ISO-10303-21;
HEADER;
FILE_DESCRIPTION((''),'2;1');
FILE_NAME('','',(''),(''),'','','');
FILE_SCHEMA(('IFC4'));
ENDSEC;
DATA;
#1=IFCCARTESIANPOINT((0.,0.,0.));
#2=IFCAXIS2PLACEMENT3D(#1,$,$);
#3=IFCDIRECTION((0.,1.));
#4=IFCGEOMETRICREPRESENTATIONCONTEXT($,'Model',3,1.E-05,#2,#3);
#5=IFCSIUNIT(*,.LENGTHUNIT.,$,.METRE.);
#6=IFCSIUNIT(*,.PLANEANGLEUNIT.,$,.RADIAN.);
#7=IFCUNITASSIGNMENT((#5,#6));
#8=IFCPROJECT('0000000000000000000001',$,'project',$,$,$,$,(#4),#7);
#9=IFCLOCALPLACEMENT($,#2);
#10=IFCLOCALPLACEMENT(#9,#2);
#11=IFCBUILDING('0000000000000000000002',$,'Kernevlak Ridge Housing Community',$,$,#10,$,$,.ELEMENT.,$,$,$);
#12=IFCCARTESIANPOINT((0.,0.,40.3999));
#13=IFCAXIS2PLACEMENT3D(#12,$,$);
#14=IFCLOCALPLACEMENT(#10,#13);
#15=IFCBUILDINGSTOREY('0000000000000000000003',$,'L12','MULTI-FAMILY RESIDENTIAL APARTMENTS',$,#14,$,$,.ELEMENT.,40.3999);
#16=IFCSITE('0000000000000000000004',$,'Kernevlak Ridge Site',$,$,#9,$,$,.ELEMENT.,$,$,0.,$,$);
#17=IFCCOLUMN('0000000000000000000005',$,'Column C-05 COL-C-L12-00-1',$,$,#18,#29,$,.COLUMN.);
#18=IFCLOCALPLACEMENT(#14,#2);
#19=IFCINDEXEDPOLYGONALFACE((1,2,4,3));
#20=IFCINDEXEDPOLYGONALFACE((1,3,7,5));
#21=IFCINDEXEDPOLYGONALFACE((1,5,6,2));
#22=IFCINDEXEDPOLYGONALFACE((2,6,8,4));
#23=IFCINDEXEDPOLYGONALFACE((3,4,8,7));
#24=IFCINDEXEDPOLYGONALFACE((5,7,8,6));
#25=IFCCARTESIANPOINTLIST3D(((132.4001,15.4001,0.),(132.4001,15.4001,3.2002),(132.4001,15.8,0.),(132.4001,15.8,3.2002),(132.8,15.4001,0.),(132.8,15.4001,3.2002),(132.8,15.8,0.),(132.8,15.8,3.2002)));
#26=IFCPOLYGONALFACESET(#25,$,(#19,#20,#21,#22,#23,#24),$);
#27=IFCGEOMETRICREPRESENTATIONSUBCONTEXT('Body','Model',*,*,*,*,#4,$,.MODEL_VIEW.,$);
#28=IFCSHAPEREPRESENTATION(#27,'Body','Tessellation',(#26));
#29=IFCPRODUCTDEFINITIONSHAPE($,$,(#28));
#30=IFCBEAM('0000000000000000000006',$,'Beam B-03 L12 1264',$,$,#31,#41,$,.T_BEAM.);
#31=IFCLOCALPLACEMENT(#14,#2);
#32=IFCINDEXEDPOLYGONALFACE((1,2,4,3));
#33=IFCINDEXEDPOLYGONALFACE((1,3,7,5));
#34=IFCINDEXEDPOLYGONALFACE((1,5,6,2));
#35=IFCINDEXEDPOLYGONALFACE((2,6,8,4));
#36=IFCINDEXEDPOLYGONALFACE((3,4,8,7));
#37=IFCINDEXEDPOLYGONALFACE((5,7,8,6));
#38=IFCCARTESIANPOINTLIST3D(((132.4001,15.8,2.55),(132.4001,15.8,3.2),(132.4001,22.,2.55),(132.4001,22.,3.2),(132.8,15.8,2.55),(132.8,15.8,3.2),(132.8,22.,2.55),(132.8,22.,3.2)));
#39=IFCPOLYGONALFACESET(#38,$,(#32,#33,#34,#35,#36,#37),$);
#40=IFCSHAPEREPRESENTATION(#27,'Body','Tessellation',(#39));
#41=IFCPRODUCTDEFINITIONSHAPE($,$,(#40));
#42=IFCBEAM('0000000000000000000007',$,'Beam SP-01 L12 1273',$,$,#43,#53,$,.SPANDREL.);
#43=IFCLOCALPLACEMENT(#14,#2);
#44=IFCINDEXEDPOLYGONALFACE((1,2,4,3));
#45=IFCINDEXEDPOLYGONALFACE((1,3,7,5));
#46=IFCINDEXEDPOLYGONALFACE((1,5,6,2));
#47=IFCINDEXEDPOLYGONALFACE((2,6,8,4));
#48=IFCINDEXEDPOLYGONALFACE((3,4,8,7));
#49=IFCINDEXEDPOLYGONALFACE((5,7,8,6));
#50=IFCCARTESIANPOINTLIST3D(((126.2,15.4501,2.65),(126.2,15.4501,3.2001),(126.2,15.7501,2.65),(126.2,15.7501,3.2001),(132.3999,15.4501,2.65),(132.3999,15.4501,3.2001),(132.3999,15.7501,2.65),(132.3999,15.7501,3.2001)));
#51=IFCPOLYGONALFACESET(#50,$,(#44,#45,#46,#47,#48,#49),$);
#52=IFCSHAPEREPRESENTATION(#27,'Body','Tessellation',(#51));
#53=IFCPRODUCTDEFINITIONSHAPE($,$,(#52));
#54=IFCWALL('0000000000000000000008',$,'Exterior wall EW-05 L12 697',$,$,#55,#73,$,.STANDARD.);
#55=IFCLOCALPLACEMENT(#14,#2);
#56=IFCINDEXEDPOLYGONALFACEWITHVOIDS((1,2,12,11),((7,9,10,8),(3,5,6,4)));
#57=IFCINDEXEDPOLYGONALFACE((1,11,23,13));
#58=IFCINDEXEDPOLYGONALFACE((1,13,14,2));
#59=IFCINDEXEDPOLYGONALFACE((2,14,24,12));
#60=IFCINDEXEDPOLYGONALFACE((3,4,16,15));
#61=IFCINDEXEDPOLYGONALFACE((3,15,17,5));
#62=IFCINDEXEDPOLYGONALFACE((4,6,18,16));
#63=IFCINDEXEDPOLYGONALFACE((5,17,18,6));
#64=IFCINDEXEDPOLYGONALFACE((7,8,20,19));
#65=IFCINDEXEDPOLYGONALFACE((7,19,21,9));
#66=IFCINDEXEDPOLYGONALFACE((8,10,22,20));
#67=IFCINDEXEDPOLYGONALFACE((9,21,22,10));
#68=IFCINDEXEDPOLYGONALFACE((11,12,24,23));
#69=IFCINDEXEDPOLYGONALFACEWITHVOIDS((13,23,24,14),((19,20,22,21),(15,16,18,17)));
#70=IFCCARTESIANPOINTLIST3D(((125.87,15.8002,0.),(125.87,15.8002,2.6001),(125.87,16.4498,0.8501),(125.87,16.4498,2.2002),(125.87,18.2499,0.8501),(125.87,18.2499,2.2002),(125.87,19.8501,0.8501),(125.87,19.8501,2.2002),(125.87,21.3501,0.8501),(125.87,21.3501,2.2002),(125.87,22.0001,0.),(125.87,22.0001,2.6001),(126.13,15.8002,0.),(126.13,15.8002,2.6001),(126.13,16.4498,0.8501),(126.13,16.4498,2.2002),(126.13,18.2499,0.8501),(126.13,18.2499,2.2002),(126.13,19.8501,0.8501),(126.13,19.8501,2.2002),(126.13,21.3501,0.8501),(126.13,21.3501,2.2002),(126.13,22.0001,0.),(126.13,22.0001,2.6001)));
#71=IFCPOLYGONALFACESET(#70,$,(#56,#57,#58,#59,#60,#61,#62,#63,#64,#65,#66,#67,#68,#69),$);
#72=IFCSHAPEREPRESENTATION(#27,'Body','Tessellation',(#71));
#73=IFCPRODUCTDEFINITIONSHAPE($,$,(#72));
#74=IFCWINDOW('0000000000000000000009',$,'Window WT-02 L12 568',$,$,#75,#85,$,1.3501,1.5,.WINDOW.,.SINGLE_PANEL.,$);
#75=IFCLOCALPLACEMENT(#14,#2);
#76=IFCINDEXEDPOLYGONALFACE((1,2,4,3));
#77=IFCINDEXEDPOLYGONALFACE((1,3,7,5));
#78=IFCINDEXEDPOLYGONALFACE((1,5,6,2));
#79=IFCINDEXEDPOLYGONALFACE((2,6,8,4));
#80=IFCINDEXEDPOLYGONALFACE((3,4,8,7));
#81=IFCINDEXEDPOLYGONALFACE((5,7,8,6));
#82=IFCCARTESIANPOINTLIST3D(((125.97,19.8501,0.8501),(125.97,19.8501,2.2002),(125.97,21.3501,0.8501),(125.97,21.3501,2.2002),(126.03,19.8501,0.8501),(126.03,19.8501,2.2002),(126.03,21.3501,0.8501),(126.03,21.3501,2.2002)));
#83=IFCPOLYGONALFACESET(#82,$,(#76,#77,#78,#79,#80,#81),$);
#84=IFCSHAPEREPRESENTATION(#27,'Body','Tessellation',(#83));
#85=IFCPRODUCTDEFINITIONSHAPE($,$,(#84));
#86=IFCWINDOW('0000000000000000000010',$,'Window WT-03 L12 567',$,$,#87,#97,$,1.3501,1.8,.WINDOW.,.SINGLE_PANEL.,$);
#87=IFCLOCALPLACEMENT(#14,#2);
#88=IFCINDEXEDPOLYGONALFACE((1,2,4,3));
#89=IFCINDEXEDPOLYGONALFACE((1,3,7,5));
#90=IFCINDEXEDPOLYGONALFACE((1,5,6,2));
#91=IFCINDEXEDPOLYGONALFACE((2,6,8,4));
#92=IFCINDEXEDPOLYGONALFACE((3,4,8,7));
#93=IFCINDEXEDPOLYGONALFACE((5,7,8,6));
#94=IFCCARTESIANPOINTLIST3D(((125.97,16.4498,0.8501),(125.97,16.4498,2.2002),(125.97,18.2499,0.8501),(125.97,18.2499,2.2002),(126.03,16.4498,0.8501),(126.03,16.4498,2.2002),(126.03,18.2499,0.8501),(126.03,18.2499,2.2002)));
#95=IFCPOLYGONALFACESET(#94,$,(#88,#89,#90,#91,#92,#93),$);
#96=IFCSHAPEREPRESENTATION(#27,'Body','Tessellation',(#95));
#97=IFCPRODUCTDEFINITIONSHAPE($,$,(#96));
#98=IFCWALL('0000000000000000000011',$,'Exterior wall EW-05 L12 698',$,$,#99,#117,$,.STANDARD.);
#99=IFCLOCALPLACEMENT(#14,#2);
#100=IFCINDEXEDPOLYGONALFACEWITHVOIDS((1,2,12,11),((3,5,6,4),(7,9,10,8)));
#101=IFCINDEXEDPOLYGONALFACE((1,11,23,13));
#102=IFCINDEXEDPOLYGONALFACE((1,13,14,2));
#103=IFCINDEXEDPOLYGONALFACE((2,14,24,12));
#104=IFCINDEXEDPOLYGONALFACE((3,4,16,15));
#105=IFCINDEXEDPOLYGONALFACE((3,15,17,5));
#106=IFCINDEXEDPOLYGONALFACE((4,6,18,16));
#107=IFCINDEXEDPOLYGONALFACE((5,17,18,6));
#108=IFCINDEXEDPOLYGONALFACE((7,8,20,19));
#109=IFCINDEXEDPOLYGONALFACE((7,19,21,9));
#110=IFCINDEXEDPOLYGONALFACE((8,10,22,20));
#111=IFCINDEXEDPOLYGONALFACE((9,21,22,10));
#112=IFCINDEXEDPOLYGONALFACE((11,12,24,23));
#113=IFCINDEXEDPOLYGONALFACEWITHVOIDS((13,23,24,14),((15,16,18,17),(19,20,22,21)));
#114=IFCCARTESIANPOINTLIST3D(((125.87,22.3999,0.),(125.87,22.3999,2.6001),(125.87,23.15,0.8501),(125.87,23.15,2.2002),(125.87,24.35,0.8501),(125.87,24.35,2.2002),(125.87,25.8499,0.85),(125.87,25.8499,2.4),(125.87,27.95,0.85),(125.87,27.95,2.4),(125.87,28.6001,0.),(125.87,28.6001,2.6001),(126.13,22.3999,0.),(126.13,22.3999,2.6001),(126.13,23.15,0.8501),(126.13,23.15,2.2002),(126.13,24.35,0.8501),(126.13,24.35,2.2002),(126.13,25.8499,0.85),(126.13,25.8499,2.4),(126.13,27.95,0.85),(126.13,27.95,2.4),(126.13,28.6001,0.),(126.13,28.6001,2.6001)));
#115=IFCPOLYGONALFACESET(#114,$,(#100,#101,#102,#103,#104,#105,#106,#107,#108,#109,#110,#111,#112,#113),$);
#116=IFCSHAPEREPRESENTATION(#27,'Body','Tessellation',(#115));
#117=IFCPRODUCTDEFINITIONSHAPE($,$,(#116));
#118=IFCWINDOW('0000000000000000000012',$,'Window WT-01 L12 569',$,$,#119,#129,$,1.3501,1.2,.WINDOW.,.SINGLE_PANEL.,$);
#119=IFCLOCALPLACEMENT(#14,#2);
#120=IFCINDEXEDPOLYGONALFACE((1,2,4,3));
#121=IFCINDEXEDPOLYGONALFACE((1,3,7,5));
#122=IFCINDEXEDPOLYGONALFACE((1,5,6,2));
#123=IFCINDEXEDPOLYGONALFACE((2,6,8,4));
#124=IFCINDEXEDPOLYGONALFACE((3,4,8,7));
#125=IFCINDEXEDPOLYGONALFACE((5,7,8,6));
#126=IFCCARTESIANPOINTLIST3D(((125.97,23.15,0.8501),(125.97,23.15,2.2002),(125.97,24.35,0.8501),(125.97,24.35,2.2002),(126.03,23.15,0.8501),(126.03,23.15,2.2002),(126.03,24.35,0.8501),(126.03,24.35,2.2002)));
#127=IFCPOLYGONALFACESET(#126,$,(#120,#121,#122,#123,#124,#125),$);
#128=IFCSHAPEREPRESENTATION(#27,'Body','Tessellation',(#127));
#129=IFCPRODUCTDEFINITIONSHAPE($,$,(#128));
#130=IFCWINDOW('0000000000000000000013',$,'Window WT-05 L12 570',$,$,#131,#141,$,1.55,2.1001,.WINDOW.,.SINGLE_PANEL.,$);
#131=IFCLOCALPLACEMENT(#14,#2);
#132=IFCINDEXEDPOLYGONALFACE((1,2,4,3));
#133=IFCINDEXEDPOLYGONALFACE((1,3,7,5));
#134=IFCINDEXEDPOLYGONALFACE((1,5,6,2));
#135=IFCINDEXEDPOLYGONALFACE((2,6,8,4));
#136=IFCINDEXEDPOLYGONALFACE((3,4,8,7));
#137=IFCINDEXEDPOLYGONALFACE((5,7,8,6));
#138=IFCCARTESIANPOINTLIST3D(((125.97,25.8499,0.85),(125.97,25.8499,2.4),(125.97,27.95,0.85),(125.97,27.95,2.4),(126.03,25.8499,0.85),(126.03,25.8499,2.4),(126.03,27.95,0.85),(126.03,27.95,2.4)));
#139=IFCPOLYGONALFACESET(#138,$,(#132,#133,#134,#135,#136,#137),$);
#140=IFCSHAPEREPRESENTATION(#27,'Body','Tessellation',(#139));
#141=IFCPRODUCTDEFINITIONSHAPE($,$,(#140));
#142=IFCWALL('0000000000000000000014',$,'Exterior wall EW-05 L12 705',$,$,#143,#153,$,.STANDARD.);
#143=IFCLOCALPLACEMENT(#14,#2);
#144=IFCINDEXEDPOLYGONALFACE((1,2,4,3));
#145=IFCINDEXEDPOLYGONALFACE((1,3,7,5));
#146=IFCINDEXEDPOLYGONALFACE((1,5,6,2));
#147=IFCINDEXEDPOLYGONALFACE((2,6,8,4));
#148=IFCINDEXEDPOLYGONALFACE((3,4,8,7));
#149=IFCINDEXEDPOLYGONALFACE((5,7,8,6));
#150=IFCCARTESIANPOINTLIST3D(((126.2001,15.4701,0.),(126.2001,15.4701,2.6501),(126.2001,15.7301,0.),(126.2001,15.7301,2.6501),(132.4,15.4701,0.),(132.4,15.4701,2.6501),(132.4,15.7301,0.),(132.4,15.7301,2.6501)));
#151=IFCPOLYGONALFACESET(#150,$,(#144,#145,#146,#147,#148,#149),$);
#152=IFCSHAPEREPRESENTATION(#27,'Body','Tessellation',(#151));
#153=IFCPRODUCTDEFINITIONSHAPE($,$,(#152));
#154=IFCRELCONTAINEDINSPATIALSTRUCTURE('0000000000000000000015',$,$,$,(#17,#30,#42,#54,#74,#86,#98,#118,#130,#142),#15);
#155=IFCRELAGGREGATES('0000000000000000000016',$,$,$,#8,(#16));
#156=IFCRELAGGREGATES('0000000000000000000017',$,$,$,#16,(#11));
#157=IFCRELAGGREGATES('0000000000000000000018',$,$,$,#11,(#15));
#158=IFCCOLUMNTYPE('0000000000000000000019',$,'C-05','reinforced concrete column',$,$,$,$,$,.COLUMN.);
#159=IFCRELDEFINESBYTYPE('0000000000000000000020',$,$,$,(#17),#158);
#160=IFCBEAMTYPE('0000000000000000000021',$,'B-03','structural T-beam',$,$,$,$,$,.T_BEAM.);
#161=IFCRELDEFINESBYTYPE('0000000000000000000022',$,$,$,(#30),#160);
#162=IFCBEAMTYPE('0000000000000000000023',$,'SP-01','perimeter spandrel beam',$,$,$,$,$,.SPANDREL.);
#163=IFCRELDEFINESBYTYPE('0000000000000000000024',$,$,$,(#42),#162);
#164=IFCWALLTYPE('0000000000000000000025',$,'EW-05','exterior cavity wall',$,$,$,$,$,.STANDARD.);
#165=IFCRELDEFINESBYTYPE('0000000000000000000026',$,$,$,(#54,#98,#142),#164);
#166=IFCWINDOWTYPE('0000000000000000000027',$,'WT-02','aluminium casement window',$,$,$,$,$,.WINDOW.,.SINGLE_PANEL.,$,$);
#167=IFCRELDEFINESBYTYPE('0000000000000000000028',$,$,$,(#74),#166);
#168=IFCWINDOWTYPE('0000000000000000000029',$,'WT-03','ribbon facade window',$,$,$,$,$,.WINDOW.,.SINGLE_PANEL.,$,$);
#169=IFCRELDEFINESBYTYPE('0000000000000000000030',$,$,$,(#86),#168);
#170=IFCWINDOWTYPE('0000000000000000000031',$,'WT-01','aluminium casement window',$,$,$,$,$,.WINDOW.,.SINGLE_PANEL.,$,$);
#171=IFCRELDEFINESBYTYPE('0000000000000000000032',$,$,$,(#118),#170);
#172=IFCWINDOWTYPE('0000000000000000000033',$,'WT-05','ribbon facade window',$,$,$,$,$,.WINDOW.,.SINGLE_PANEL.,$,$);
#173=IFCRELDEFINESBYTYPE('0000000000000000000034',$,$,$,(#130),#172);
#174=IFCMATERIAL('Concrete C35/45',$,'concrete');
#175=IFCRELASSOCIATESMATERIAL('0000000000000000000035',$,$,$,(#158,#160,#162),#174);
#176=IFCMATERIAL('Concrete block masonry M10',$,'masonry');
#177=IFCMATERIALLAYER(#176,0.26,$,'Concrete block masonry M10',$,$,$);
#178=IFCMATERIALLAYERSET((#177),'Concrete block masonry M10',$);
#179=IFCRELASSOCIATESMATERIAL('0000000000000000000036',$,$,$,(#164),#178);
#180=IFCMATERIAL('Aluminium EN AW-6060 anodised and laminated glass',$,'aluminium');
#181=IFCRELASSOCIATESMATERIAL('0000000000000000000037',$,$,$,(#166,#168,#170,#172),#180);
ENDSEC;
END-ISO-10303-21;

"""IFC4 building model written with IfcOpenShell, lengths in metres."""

from ifc_helpers import new_model, si_unit, direction, frame, frame_2d, origin, origin_2d, place, context, subcontext, project, spatial, rectangle, extrude, material, layer, layer_set, material_profile, profile_set, type_object, element, fill, save


model = new_model("IFC4")

# Units and contexts
model_context = context("Model", 3, precision=1e-05, world=origin(), true_north=direction((0.0, 1.0)))
body_context = subcontext(model_context, "Body", "Model", "MODEL_VIEW")
ifc_project = project(units=[si_unit("LENGTHUNIT", "METRE"), si_unit("PLANEANGLEUNIT", "RADIAN")], contexts=[model_context])

# Site, building, storey
site_placement = place(None, origin())
site = spatial("IfcSite", under=ifc_project, at=site_placement, Name="Kernevlak Ridge Site", CompositionType="ELEMENT", RefElevation=0.0)
building_placement = place(site_placement, origin())
building = spatial("IfcBuilding", under=site, at=building_placement, Name="Kernevlak Ridge Housing Community", CompositionType="ELEMENT")
storey_placement = place(building_placement, frame((0.0, 0.0, 40.3999)))
storey = spatial("IfcBuildingStorey", under=building, at=storey_placement, Name="L12", Description="MULTI-FAMILY RESIDENTIAL APARTMENTS", CompositionType="ELEMENT", Elevation=40.3999)

# Column
ifc_material_1 = material(Name="Concrete C35/45", Category="concrete")
ifc_material_profile_1 = material_profile(ifc_material_1, rectangle(XDim=0.3999, YDim=0.3999, at=origin_2d()), Name="RC 400x400")
ifc_profile_set_1 = profile_set([ifc_material_profile_1], Name="Concrete C35/45")
column_type = type_object("IfcColumnType", Name="C-05", Description="reinforced concrete column", PredefinedType="COLUMN", material=ifc_profile_set_1)
column_placement = place(storey_placement, frame((132.6001, 15.6001, 0.0), z_axis=(0.0, 0.0, 1.0), x_axis=(1.0, 0.0, 0.0)))
element("IfcColumn", 1, at=column_placement, inside=storey, type_object=column_type, Name="Column C-05 COL-C-L12-00-1", PredefinedType="COLUMN", context=body_context, shape_type="SweptSolid", body=[
    extrude(rectangle(XDim=0.3999, YDim=0.3999, at=origin_2d()), origin(), (0.0, 0.0, 1.0), 3.2002),
])

# Beams
ifc_material_profile_2 = material_profile(ifc_material_1, rectangle(XDim=0.3999, YDim=0.6499, at=origin_2d()), Name="RC 400x650")
ifc_profile_set_2 = profile_set([ifc_material_profile_2], Name="Concrete C35/45")
beam_type_1 = type_object("IfcBeamType", Name="B-03", Description="structural T-beam", PredefinedType="T_BEAM", material=ifc_profile_set_2)
beam_1_placement = place(storey_placement, frame((132.6001, 15.8, 2.875), z_axis=(0.0, 1.0, 0.0), x_axis=(-1.0, 0.0, 0.0)))
element("IfcBeam", 2, at=beam_1_placement, inside=storey, type_object=beam_type_1, Name="Beam B-03 L12 1264", PredefinedType="T_BEAM", context=body_context, shape_type="SweptSolid", body=[
    extrude(rectangle(XDim=0.3999, YDim=0.6499, at=origin_2d()), origin(), (0.0, 0.0, 1.0), 6.2),
])
ifc_material_profile_3 = material_profile(ifc_material_1, rectangle(XDim=0.3, YDim=0.55, at=origin_2d()), Name="RC 300x550")
ifc_profile_set_3 = profile_set([ifc_material_profile_3], Name="Concrete C35/45")
beam_type_2 = type_object("IfcBeamType", Name="SP-01", Description="perimeter spandrel beam", PredefinedType="SPANDREL", material=ifc_profile_set_3)
beam_2_placement = place(storey_placement, frame((126.2, 15.6001, 2.925), z_axis=(1.0, 0.0, 0.0), x_axis=(0.0, 1.0, 0.0)))
element("IfcBeam", 3, at=beam_2_placement, inside=storey, type_object=beam_type_2, Name="Beam SP-01 L12 1273", PredefinedType="SPANDREL", context=body_context, shape_type="SweptSolid", body=[
    extrude(rectangle(XDim=0.3, YDim=0.55, at=origin_2d()), origin(), (0.0, 0.0, 1.0), 6.2),
])

# Walls, openings, windows
ifc_material_2 = material(Name="Concrete block masonry M10", Category="masonry")
ifc_layer_1 = layer(ifc_material_2, 0.26, Name="Concrete block masonry M10")
ifc_layer_set_1 = layer_set([ifc_layer_1], Name="Concrete block masonry M10")
wall_type_1 = type_object("IfcWallType", Name="EW-05", Description="exterior cavity wall", PredefinedType="STANDARD", material=ifc_layer_set_1)
wall_1_placement = place(storey_placement, frame((126.0, 15.8, 0.0), z_axis=(0.0, 0.0, 1.0), x_axis=(0.0, 1.0, 0.0)))
wall_1 = element("IfcWall", 4, at=wall_1_placement, inside=storey, type_object=wall_type_1, Name="Exterior wall EW-05 L12 697", PredefinedType="STANDARD", context=body_context, shape_type="SweptSolid", body=[
    extrude(rectangle(XDim=6.2, YDim=0.26, at=frame_2d((3.1001, 0.0))), origin(), (0.0, 0.0, 1.0), 2.6001),
])
opening_1_placement = place(wall_1_placement, frame((0.6499, 0.0, 0.8501)))
opening_1 = element("IfcOpeningElement", 5, at=opening_1_placement, cuts=wall_1, PredefinedType="OPENING", context=body_context, shape_type="SweptSolid", body=[
    extrude(rectangle(XDim=1.8, YDim=1.3501, at=frame_2d((0.8999, 0.675))), frame((0.0, 0.1399, 0.0), z_axis=(0.0, -1.0, 0.0), x_axis=(1.0, 0.0, 0.0)), (0.0, 0.0, 1.0), 0.28),
])
opening_2_placement = place(wall_1_placement, frame((4.05, 0.0, 0.8501)))
opening_2 = element("IfcOpeningElement", 6, at=opening_2_placement, cuts=wall_1, PredefinedType="OPENING", context=body_context, shape_type="SweptSolid", body=[
    extrude(rectangle(XDim=1.5, YDim=1.3501, at=frame_2d((0.75, 0.675))), frame((0.0, 0.1399, 0.0), z_axis=(0.0, -1.0, 0.0), x_axis=(1.0, 0.0, 0.0)), (0.0, 0.0, 1.0), 0.28),
])
ifc_material_3 = material(Name="Aluminium EN AW-6060 anodised and laminated glass", Category="aluminium")
window_type_1 = type_object("IfcWindowType", Name="WT-02", Description="aluminium casement window", PartitioningType="SINGLE_PANEL", PredefinedType="WINDOW", material=ifc_material_3)
window_1_placement = place(opening_2_placement, origin())
window_1 = element("IfcWindow", 7, at=window_1_placement, inside=storey, type_object=window_type_1, Name="Window WT-02 L12 568", OverallHeight=1.3501, OverallWidth=1.5, PartitioningType="SINGLE_PANEL", PredefinedType="WINDOW", context=body_context, shape_type="SweptSolid", body=[
    extrude(rectangle(XDim=1.5, YDim=1.3501, at=frame_2d((0.75, 0.675))), frame((0.0, 0.03, 0.0), z_axis=(0.0, -1.0, 0.0), x_axis=(1.0, 0.0, 0.0)), (0.0, 0.0, 1.0), 0.0601),
])
fill(opening_2, window_1)
window_type_2 = type_object("IfcWindowType", Name="WT-03", Description="ribbon facade window", PartitioningType="SINGLE_PANEL", PredefinedType="WINDOW", material=ifc_material_3)
window_2_placement = place(opening_1_placement, origin())
window_2 = element("IfcWindow", 8, at=window_2_placement, inside=storey, type_object=window_type_2, Name="Window WT-03 L12 567", OverallHeight=1.3501, OverallWidth=1.8, PartitioningType="SINGLE_PANEL", PredefinedType="WINDOW", context=body_context, shape_type="SweptSolid", body=[
    extrude(rectangle(XDim=1.8, YDim=1.3501, at=frame_2d((0.8999, 0.675))), frame((0.0, 0.03, 0.0), z_axis=(0.0, -1.0, 0.0), x_axis=(1.0, 0.0, 0.0)), (0.0, 0.0, 1.0), 0.0601),
])
fill(opening_1, window_2)
wall_2_placement = place(storey_placement, frame((126.0, 22.3999, 0.0), z_axis=(0.0, 0.0, 1.0), x_axis=(0.0, 1.0, 0.0)))
wall_2 = element("IfcWall", 9, at=wall_2_placement, inside=storey, type_object=wall_type_1, Name="Exterior wall EW-05 L12 698", PredefinedType="STANDARD", context=body_context, shape_type="SweptSolid", body=[
    extrude(rectangle(XDim=6.2002, YDim=0.26, at=frame_2d((3.1001, 0.0))), origin(), (0.0, 0.0, 1.0), 2.6001),
])
opening_3_placement = place(wall_2_placement, frame((0.75, 0.0, 0.8501)))
opening_3 = element("IfcOpeningElement", 10, at=opening_3_placement, cuts=wall_2, PredefinedType="OPENING", context=body_context, shape_type="SweptSolid", body=[
    extrude(rectangle(XDim=1.2, YDim=1.3501, at=frame_2d((0.6001, 0.675))), frame((0.0, 0.1399, 0.0), z_axis=(0.0, -1.0, 0.0), x_axis=(1.0, 0.0, 0.0)), (0.0, 0.0, 1.0), 0.28),
])
opening_4_placement = place(wall_2_placement, frame((3.45, 0.0, 0.8501)))
opening_4 = element("IfcOpeningElement", 11, at=opening_4_placement, cuts=wall_2, PredefinedType="OPENING", context=body_context, shape_type="SweptSolid", body=[
    extrude(rectangle(XDim=2.1001, YDim=1.55, at=frame_2d((1.05, 0.7749))), frame((0.0, 0.1399, 0.0), z_axis=(0.0, -1.0, 0.0), x_axis=(1.0, 0.0, 0.0)), (0.0, 0.0, 1.0), 0.28),
])
window_type_3 = type_object("IfcWindowType", Name="WT-01", Description="aluminium casement window", PartitioningType="SINGLE_PANEL", PredefinedType="WINDOW", material=ifc_material_3)
window_3_placement = place(opening_3_placement, origin())
window_3 = element("IfcWindow", 12, at=window_3_placement, inside=storey, type_object=window_type_3, Name="Window WT-01 L12 569", OverallHeight=1.3501, OverallWidth=1.2, PartitioningType="SINGLE_PANEL", PredefinedType="WINDOW", context=body_context, shape_type="SweptSolid", body=[
    extrude(rectangle(XDim=1.2, YDim=1.3501, at=frame_2d((0.6001, 0.675))), frame((0.0, 0.03, 0.0), z_axis=(0.0, -1.0, 0.0), x_axis=(1.0, 0.0, 0.0)), (0.0, 0.0, 1.0), 0.0601),
])
fill(opening_3, window_3)
window_type_4 = type_object("IfcWindowType", Name="WT-05", Description="ribbon facade window", PartitioningType="SINGLE_PANEL", PredefinedType="WINDOW", material=ifc_material_3)
window_4_placement = place(opening_4_placement, origin())
window_4 = element("IfcWindow", 13, at=window_4_placement, inside=storey, type_object=window_type_4, Name="Window WT-05 L12 570", OverallHeight=1.55, OverallWidth=2.1001, PartitioningType="SINGLE_PANEL", PredefinedType="WINDOW", context=body_context, shape_type="SweptSolid", body=[
    extrude(rectangle(XDim=2.1001, YDim=1.55, at=frame_2d((1.05, 0.7749))), frame((0.0, 0.03, 0.0), z_axis=(0.0, -1.0, 0.0), x_axis=(1.0, 0.0, 0.0)), (0.0, 0.0, 1.0), 0.0601),
])
fill(opening_4, window_4)

# Wall
wall_3_placement = place(storey_placement, frame((126.2, 15.6001, 0.0), z_axis=(0.0, 0.0, 1.0), x_axis=(1.0, 0.0, 0.0)))
element("IfcWall", 14, at=wall_3_placement, inside=storey, type_object=wall_type_1, Name="Exterior wall EW-05 L12 705", PredefinedType="STANDARD", context=body_context, shape_type="SweptSolid", body=[
    extrude(rectangle(XDim=6.2, YDim=0.26, at=frame_2d((3.1001, 0.0))), origin(), (0.0, 0.0, 1.0), 2.6501),
])

save(model, "model.ifc")
